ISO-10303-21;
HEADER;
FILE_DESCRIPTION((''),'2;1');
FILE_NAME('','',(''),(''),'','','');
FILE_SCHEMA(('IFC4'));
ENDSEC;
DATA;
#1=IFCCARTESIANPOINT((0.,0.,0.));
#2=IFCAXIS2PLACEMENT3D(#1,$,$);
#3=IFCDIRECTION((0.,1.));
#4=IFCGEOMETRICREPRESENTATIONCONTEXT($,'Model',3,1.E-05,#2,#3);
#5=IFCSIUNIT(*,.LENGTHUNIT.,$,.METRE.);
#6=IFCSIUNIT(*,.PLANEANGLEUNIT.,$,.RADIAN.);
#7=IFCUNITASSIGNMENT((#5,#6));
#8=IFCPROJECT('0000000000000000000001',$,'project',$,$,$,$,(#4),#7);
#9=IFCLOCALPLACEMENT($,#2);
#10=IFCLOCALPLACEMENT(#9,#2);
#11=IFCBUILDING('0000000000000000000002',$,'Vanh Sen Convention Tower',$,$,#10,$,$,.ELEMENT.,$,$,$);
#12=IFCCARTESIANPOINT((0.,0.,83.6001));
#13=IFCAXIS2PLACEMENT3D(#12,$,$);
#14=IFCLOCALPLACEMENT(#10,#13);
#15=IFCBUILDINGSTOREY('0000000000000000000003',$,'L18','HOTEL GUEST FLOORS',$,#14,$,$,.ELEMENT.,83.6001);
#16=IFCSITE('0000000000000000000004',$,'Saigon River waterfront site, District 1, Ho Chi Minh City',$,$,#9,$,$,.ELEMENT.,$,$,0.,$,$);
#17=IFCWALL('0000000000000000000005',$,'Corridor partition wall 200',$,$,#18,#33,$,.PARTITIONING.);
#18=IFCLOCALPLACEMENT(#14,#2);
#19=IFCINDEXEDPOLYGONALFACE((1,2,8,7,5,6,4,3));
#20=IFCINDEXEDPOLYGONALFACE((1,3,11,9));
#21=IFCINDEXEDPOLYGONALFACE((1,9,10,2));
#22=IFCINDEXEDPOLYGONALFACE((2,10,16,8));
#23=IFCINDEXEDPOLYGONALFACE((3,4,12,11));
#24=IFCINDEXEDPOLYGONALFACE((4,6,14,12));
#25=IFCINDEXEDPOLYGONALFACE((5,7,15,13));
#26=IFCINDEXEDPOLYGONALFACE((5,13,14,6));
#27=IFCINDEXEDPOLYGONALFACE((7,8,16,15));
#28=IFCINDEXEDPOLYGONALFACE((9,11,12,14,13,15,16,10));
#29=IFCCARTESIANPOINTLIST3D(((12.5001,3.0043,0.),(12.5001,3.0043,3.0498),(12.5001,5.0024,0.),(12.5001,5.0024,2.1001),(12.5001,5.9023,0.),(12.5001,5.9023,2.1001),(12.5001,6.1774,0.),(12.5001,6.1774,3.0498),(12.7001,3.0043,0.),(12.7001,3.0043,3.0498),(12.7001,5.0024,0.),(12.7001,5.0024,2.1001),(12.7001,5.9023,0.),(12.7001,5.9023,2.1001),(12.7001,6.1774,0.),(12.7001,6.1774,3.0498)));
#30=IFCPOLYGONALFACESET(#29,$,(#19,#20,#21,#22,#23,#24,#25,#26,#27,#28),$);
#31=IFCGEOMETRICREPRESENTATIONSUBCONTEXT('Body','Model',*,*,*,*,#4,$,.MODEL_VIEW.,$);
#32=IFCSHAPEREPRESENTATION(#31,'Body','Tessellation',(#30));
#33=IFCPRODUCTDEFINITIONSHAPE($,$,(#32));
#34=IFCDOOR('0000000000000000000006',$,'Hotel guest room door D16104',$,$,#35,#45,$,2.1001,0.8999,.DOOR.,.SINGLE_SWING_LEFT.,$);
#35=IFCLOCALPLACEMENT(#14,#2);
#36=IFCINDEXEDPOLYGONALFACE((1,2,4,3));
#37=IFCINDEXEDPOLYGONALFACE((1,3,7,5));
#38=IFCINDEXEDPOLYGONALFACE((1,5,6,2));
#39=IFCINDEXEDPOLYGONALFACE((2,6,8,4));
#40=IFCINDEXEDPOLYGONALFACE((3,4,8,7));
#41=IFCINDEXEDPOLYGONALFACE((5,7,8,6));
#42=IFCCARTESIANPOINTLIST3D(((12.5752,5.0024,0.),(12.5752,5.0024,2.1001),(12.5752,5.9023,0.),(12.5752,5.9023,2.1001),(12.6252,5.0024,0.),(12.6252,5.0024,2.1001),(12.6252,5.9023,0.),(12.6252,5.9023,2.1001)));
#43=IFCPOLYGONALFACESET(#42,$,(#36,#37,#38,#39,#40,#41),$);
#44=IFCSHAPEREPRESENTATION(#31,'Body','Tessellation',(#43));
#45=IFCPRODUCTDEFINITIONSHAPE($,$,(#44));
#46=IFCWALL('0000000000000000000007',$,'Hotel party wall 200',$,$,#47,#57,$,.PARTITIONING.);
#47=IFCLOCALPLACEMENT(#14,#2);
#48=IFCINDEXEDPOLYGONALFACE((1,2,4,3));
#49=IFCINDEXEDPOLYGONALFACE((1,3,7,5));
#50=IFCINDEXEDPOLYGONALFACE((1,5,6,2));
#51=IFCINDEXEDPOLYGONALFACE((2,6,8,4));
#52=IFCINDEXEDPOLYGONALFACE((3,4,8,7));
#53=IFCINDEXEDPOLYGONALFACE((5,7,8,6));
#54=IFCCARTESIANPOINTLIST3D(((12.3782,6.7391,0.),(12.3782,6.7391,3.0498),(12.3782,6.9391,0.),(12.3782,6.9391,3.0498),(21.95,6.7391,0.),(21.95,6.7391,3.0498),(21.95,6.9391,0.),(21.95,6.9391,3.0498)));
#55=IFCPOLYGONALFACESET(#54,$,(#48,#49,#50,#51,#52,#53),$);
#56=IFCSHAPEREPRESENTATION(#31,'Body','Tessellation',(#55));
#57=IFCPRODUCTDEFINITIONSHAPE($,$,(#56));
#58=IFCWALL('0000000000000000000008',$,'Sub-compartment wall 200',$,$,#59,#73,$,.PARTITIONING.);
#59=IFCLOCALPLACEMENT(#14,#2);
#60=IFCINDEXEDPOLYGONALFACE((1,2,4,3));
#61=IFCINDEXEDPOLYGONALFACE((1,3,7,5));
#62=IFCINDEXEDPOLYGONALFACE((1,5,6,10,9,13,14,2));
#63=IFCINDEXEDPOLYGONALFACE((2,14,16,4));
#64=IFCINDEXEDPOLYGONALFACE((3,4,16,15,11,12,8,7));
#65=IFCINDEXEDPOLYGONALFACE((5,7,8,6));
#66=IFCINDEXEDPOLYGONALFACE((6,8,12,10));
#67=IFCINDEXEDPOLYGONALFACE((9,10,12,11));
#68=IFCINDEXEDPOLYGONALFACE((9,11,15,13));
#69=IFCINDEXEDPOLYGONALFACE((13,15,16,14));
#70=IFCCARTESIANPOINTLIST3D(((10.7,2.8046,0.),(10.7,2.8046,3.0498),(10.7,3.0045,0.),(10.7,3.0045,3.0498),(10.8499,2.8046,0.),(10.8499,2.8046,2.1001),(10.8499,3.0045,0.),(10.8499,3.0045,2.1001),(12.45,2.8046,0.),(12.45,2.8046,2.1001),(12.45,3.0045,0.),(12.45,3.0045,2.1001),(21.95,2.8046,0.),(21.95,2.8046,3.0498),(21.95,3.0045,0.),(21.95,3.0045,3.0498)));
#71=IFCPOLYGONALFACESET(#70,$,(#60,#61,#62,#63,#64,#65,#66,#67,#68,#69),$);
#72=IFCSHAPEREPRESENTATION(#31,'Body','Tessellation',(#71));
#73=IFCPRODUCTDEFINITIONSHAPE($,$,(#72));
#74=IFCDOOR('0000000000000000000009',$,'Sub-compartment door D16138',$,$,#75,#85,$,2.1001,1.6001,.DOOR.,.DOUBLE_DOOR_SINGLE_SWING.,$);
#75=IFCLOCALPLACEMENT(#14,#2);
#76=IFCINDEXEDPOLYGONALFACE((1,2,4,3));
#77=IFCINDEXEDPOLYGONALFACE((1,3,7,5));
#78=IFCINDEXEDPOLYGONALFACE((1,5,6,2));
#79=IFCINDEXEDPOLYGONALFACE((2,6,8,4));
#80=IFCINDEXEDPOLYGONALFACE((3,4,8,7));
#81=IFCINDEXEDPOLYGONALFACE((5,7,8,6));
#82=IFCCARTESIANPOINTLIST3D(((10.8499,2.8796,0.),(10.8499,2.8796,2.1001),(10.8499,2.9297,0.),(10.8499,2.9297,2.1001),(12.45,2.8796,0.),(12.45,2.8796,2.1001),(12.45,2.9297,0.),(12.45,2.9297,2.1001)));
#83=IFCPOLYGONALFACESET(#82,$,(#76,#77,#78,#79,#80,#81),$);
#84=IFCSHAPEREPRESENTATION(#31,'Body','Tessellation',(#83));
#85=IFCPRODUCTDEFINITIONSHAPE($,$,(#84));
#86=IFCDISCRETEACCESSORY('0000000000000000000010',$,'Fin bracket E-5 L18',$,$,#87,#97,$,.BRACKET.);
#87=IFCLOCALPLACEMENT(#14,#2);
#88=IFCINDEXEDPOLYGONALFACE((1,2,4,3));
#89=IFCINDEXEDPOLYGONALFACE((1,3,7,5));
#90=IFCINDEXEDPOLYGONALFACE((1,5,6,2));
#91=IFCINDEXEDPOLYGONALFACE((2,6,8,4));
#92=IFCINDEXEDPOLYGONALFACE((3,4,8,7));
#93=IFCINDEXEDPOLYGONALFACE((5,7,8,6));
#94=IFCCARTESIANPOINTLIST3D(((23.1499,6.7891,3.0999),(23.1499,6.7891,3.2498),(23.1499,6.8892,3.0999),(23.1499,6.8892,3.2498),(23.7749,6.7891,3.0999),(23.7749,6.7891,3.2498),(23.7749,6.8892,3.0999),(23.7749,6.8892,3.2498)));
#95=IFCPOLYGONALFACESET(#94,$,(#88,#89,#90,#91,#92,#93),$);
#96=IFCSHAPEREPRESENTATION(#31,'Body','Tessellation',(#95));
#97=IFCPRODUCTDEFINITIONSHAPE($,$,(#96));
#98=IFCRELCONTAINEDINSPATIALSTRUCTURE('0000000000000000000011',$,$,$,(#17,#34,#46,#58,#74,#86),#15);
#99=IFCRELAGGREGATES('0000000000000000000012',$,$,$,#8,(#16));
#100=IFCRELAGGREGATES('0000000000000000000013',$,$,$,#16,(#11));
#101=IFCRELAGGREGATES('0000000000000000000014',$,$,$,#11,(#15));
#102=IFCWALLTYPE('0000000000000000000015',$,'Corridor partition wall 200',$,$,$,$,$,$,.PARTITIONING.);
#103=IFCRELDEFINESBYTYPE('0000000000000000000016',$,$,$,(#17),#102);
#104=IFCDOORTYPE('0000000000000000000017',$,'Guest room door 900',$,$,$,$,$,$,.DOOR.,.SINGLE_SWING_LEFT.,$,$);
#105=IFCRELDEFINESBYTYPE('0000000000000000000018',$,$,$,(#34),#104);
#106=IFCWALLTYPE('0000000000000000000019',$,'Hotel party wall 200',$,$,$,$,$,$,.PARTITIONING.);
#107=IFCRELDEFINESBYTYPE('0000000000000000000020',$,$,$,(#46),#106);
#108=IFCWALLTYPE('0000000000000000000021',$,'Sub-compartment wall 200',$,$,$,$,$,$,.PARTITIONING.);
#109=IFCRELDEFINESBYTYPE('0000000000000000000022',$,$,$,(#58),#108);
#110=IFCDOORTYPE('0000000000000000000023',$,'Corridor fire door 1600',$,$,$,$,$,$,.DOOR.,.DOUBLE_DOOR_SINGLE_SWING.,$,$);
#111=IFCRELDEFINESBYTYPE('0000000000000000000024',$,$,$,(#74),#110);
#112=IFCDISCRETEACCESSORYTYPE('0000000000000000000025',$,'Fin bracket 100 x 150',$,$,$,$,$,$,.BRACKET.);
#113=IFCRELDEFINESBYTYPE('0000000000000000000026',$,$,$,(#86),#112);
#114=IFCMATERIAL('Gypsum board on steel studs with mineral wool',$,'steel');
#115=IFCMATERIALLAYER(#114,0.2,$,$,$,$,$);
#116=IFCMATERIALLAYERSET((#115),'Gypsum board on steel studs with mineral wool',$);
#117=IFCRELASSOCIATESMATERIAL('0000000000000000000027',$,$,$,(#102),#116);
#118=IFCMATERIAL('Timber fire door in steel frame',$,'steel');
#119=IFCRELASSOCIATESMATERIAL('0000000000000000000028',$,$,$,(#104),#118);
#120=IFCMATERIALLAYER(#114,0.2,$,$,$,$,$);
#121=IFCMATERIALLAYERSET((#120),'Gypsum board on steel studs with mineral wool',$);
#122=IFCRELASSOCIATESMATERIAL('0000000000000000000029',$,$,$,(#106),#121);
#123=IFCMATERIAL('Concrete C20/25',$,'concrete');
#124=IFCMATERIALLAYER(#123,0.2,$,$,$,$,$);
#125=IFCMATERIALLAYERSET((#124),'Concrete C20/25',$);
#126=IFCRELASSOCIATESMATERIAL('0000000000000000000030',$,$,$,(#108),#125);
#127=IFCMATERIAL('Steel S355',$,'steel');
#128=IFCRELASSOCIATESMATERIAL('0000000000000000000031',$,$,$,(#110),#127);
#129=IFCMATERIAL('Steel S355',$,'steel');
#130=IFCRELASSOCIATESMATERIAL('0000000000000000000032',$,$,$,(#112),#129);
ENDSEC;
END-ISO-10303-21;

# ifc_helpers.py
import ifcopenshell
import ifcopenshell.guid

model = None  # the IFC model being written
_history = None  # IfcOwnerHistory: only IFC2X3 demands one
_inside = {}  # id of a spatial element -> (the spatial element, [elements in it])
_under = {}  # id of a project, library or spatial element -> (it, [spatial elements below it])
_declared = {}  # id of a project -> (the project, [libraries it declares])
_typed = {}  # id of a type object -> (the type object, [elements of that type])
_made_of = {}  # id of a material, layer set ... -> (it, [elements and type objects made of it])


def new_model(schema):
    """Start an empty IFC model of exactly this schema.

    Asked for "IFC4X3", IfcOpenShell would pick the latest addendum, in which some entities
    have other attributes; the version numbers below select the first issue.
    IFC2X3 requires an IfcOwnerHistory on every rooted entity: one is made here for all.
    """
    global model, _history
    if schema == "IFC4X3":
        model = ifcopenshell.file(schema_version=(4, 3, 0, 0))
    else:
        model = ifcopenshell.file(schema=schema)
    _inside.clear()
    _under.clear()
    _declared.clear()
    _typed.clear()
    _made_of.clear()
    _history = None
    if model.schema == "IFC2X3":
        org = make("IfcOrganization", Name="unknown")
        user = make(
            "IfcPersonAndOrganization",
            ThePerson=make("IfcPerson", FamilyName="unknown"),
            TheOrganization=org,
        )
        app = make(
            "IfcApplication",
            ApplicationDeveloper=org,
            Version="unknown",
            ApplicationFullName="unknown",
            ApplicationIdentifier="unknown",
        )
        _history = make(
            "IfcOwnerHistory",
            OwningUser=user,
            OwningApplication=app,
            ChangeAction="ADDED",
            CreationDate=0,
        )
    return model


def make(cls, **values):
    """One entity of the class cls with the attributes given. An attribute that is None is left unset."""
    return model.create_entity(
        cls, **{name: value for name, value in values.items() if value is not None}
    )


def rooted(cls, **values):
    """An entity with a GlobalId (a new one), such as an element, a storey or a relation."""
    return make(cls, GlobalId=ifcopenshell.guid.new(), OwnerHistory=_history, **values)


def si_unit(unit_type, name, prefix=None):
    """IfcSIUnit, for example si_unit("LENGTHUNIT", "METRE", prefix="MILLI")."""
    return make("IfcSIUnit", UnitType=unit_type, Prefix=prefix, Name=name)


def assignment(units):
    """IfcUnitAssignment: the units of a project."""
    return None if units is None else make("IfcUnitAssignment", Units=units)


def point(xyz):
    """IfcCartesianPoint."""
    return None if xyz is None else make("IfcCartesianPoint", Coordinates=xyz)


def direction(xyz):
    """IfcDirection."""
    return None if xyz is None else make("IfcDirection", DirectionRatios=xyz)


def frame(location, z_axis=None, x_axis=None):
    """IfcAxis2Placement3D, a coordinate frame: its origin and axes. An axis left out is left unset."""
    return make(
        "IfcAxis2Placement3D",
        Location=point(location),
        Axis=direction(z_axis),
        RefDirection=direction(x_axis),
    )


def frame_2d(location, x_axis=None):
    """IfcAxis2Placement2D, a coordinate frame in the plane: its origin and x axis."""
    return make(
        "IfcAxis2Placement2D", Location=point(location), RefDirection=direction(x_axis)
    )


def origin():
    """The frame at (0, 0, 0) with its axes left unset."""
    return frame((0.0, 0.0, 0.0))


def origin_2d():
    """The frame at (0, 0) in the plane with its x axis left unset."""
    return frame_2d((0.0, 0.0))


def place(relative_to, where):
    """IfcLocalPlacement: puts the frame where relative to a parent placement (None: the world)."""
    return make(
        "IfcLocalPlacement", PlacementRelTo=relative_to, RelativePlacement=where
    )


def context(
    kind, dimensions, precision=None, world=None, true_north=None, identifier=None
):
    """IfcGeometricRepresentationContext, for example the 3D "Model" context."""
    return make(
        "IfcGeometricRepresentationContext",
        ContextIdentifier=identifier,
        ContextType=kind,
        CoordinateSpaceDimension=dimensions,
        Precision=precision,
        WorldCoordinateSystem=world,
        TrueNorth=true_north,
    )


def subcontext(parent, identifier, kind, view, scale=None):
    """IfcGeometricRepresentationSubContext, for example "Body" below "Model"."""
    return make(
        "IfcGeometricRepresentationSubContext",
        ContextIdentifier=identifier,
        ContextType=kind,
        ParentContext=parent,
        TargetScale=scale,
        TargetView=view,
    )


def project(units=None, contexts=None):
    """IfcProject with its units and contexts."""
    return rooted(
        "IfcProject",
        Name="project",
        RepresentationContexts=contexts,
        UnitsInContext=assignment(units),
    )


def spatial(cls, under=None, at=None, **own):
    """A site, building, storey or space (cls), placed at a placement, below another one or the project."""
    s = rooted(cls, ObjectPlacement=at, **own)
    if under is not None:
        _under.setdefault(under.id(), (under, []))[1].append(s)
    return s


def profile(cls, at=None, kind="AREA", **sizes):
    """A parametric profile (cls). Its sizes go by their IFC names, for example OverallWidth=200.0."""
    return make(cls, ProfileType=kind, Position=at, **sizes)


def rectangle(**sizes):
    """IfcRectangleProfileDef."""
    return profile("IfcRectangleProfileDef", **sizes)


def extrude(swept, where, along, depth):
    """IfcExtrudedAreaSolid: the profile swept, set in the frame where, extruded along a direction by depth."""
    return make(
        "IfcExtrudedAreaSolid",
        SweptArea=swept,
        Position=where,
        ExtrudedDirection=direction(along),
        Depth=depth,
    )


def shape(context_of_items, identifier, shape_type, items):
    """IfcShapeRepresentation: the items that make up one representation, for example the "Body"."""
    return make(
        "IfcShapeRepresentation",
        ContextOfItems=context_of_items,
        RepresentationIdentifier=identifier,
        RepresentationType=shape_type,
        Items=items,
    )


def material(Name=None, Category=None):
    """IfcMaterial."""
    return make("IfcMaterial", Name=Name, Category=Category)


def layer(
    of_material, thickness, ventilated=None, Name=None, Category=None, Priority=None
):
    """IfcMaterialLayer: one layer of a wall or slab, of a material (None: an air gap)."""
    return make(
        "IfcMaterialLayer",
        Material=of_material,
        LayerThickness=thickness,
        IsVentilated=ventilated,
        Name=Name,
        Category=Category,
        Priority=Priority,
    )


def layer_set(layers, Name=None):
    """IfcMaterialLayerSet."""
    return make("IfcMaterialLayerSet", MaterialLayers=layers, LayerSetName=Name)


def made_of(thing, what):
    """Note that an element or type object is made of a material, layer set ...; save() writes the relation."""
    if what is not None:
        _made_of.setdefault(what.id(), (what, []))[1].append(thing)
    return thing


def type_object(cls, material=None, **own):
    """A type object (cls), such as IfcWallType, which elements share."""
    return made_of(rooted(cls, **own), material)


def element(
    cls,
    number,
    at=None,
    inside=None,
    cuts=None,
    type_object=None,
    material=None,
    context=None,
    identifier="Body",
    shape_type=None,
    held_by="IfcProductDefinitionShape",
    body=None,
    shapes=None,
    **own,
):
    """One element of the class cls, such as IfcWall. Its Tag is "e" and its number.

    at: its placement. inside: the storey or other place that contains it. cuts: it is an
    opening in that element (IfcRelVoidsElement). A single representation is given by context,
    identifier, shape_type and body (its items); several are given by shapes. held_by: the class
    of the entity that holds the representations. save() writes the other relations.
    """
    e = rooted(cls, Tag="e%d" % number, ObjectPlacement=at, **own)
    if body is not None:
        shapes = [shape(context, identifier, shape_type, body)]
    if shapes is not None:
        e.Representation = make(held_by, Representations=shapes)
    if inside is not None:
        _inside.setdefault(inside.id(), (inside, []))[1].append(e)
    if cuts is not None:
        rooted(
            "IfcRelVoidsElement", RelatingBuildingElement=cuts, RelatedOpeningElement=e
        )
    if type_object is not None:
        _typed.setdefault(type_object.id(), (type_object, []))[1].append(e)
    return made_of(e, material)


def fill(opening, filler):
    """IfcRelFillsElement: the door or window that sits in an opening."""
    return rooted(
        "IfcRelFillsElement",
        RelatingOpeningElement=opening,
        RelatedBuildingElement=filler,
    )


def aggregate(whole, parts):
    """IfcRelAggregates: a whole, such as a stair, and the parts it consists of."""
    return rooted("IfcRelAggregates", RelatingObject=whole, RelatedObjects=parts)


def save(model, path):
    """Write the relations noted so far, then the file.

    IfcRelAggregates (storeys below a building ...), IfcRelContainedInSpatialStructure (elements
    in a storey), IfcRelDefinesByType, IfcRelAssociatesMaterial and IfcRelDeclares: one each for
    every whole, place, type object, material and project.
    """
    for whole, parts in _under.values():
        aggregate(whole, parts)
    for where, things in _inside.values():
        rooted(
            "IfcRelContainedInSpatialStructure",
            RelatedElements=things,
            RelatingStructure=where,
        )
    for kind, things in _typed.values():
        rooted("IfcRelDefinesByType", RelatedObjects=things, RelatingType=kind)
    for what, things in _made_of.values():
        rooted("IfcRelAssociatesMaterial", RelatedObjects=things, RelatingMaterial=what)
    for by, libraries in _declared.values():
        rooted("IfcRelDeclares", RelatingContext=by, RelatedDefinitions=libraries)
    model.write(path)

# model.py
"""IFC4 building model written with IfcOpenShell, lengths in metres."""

from ifc_helpers import new_model, si_unit, direction, frame, frame_2d, origin, origin_2d, place, context, subcontext, project, spatial, rectangle, extrude, material, layer, layer_set, type_object, element, fill, save


model = new_model("IFC4")

# Units and contexts
model_context = context("Model", 3, precision=1e-05, world=origin(), true_north=direction((0.0, 1.0)))
body_context = subcontext(model_context, "Body", "Model", "MODEL_VIEW")
ifc_project = project(units=[si_unit("LENGTHUNIT", "METRE"), si_unit("PLANEANGLEUNIT", "RADIAN")], contexts=[model_context])

# Site, building, storey
site_placement = place(None, origin())
site = spatial("IfcSite", under=ifc_project, at=site_placement, Name="Saigon River waterfront site, District 1, Ho Chi Minh City", CompositionType="ELEMENT", RefElevation=0.0)
building_placement = place(site_placement, origin())
building = spatial("IfcBuilding", under=site, at=building_placement, Name="Vanh Sen Convention Tower", CompositionType="ELEMENT")
storey_placement = place(building_placement, frame((0.0, 0.0, 83.6001)))
storey = spatial("IfcBuildingStorey", under=building, at=storey_placement, Name="L18", Description="HOTEL GUEST FLOORS", CompositionType="ELEMENT", Elevation=83.6001)

# Wall, opening, door
ifc_material_1 = material(Name="Gypsum board on steel studs with mineral wool", Category="steel")
ifc_layer_1 = layer(ifc_material_1, 0.2)
ifc_layer_set_1 = layer_set([ifc_layer_1], Name="Gypsum board on steel studs with mineral wool")
wall_type_1 = type_object("IfcWallType", Name="Corridor partition wall 200", PredefinedType="PARTITIONING", material=ifc_layer_set_1)
ifc_material_2 = material(Name="Timber fire door in steel frame", Category="steel")
door_type_1 = type_object("IfcDoorType", Name="Guest room door 900", OperationType="SINGLE_SWING_LEFT", PredefinedType="DOOR", material=ifc_material_2)
wall_1_placement = place(storey_placement, frame((12.6001, 3.0044, 0.0), z_axis=(0.0, 0.0, 1.0), x_axis=(0.0, 1.0, 0.0)))
wall_1 = element("IfcWall", 1, at=wall_1_placement, inside=storey, type_object=wall_type_1, Name="Corridor partition wall 200", PredefinedType="PARTITIONING", context=body_context, shape_type="SweptSolid", body=[
    extrude(rectangle(XDim=3.1731, YDim=0.2, at=frame_2d((1.5864, 0.0))), origin(), (0.0, 0.0, 1.0), 3.0498),
])
opening_1_placement = place(wall_1_placement, frame((1.998, 0.0, 0.0)))
opening_1 = element("IfcOpeningElement", 2, at=opening_1_placement, cuts=wall_1, PredefinedType="OPENING", context=body_context, shape_type="SweptSolid", body=[
    extrude(rectangle(XDim=0.8999, YDim=2.1001, at=frame_2d((0.45, 1.05))), frame((0.0, 0.1099, 0.0), z_axis=(0.0, -1.0, 0.0), x_axis=(1.0, 0.0, 0.0)), (0.0, 0.0, 1.0), 0.22),
])
door_1_placement = place(opening_1_placement, origin())
door_1 = element("IfcDoor", 3, at=door_1_placement, inside=storey, type_object=door_type_1, Name="Hotel guest room door D16104", OperationType="SINGLE_SWING_LEFT", OverallHeight=2.1001, OverallWidth=0.8999, PredefinedType="DOOR", context=body_context, shape_type="SweptSolid", body=[
    extrude(rectangle(XDim=0.8999, YDim=2.1001, at=frame_2d((0.45, 1.05))), frame((0.0, 0.0249, 0.0), z_axis=(0.0, -1.0, 0.0), x_axis=(1.0, 0.0, 0.0)), (0.0, 0.0, 1.0), 0.05),
])
fill(opening_1, door_1)

# Wall
ifc_layer_2 = layer(ifc_material_1, 0.2)
ifc_layer_set_2 = layer_set([ifc_layer_2], Name="Gypsum board on steel studs with mineral wool")
wall_type_2 = type_object("IfcWallType", Name="Hotel party wall 200", PredefinedType="PARTITIONING", material=ifc_layer_set_2)
wall_2_placement = place(storey_placement, frame((21.95, 6.8391, 0.0), z_axis=(0.0, 0.0, 1.0), x_axis=(-1.0, 0.0, 0.0)))
element("IfcWall", 4, at=wall_2_placement, inside=storey, type_object=wall_type_2, Name="Hotel party wall 200", PredefinedType="PARTITIONING", context=body_context, shape_type="SweptSolid", body=[
    extrude(rectangle(XDim=9.5718, YDim=0.2, at=frame_2d((4.7859, 0.0))), origin(), (0.0, 0.0, 1.0), 3.0498),
])

# Wall, opening, door
ifc_material_3 = material(Name="Concrete C20/25", Category="concrete")
ifc_layer_3 = layer(ifc_material_3, 0.2)
ifc_layer_set_3 = layer_set([ifc_layer_3], Name="Concrete C20/25")
wall_type_3 = type_object("IfcWallType", Name="Sub-compartment wall 200", PredefinedType="PARTITIONING", material=ifc_layer_set_3)
wall_3_placement = place(storey_placement, frame((21.95, 2.9045, 0.0), z_axis=(0.0, 0.0, 1.0), x_axis=(-1.0, 0.0, 0.0)))
wall_3 = element("IfcWall", 5, at=wall_3_placement, inside=storey, type_object=wall_type_3, Name="Sub-compartment wall 200", PredefinedType="PARTITIONING", context=body_context, shape_type="SweptSolid", body=[
    extrude(rectangle(XDim=11.25, YDim=0.2, at=frame_2d((5.625, 0.0))), origin(), (0.0, 0.0, 1.0), 3.0498),
])
opening_2_placement = place(wall_3_placement, frame((9.5, 0.0, 0.0)))
opening_2 = element("IfcOpeningElement", 6, at=opening_2_placement, cuts=wall_3, PredefinedType="OPENING", context=body_context, shape_type="SweptSolid", body=[
    extrude(rectangle(XDim=1.6001, YDim=2.1001, at=frame_2d((0.8, 1.05))), frame((0.0, 0.1099, 0.0), z_axis=(0.0, -1.0, 0.0), x_axis=(1.0, 0.0, 0.0)), (0.0, 0.0, 1.0), 0.22),
])
ifc_material_4 = material(Name="Steel S355", Category="steel")
door_type_2 = type_object("IfcDoorType", Name="Corridor fire door 1600", OperationType="DOUBLE_DOOR_SINGLE_SWING", PredefinedType="DOOR", material=ifc_material_4)
door_2_placement = place(opening_2_placement, origin())
door_2 = element("IfcDoor", 7, at=door_2_placement, inside=storey, type_object=door_type_2, Name="Sub-compartment door D16138", OperationType="DOUBLE_DOOR_SINGLE_SWING", OverallHeight=2.1001, OverallWidth=1.6001, PredefinedType="DOOR", context=body_context, shape_type="SweptSolid", body=[
    extrude(rectangle(XDim=1.6001, YDim=2.1001, at=frame_2d((0.8, 1.05))), frame((0.0, 0.0249, 0.0), z_axis=(0.0, -1.0, 0.0), x_axis=(1.0, 0.0, 0.0)), (0.0, 0.0, 1.0), 0.05),
])
fill(opening_2, door_2)

# Discrete accessory
ifc_material_5 = material(Name="Steel S355", Category="steel")
discrete_accessory_type = type_object("IfcDiscreteAccessoryType", Name="Fin bracket 100 x 150", PredefinedType="BRACKET", material=ifc_material_5)
discrete_accessory_placement = place(storey_placement, frame((23.4624, 6.8391, 3.0999), z_axis=(0.0, 0.0, 1.0), x_axis=(1.0, 0.0, 0.0)))
element("IfcDiscreteAccessory", 8, at=discrete_accessory_placement, inside=storey, type_object=discrete_accessory_type, Name="Fin bracket E-5 L18", PredefinedType="BRACKET", context=body_context, shape_type="SweptSolid", body=[
    extrude(rectangle(XDim=0.625, YDim=0.1001, at=origin_2d()), origin(), (0.0, 0.0, 1.0), 0.1499),
])

save(model, "model.ifc")
